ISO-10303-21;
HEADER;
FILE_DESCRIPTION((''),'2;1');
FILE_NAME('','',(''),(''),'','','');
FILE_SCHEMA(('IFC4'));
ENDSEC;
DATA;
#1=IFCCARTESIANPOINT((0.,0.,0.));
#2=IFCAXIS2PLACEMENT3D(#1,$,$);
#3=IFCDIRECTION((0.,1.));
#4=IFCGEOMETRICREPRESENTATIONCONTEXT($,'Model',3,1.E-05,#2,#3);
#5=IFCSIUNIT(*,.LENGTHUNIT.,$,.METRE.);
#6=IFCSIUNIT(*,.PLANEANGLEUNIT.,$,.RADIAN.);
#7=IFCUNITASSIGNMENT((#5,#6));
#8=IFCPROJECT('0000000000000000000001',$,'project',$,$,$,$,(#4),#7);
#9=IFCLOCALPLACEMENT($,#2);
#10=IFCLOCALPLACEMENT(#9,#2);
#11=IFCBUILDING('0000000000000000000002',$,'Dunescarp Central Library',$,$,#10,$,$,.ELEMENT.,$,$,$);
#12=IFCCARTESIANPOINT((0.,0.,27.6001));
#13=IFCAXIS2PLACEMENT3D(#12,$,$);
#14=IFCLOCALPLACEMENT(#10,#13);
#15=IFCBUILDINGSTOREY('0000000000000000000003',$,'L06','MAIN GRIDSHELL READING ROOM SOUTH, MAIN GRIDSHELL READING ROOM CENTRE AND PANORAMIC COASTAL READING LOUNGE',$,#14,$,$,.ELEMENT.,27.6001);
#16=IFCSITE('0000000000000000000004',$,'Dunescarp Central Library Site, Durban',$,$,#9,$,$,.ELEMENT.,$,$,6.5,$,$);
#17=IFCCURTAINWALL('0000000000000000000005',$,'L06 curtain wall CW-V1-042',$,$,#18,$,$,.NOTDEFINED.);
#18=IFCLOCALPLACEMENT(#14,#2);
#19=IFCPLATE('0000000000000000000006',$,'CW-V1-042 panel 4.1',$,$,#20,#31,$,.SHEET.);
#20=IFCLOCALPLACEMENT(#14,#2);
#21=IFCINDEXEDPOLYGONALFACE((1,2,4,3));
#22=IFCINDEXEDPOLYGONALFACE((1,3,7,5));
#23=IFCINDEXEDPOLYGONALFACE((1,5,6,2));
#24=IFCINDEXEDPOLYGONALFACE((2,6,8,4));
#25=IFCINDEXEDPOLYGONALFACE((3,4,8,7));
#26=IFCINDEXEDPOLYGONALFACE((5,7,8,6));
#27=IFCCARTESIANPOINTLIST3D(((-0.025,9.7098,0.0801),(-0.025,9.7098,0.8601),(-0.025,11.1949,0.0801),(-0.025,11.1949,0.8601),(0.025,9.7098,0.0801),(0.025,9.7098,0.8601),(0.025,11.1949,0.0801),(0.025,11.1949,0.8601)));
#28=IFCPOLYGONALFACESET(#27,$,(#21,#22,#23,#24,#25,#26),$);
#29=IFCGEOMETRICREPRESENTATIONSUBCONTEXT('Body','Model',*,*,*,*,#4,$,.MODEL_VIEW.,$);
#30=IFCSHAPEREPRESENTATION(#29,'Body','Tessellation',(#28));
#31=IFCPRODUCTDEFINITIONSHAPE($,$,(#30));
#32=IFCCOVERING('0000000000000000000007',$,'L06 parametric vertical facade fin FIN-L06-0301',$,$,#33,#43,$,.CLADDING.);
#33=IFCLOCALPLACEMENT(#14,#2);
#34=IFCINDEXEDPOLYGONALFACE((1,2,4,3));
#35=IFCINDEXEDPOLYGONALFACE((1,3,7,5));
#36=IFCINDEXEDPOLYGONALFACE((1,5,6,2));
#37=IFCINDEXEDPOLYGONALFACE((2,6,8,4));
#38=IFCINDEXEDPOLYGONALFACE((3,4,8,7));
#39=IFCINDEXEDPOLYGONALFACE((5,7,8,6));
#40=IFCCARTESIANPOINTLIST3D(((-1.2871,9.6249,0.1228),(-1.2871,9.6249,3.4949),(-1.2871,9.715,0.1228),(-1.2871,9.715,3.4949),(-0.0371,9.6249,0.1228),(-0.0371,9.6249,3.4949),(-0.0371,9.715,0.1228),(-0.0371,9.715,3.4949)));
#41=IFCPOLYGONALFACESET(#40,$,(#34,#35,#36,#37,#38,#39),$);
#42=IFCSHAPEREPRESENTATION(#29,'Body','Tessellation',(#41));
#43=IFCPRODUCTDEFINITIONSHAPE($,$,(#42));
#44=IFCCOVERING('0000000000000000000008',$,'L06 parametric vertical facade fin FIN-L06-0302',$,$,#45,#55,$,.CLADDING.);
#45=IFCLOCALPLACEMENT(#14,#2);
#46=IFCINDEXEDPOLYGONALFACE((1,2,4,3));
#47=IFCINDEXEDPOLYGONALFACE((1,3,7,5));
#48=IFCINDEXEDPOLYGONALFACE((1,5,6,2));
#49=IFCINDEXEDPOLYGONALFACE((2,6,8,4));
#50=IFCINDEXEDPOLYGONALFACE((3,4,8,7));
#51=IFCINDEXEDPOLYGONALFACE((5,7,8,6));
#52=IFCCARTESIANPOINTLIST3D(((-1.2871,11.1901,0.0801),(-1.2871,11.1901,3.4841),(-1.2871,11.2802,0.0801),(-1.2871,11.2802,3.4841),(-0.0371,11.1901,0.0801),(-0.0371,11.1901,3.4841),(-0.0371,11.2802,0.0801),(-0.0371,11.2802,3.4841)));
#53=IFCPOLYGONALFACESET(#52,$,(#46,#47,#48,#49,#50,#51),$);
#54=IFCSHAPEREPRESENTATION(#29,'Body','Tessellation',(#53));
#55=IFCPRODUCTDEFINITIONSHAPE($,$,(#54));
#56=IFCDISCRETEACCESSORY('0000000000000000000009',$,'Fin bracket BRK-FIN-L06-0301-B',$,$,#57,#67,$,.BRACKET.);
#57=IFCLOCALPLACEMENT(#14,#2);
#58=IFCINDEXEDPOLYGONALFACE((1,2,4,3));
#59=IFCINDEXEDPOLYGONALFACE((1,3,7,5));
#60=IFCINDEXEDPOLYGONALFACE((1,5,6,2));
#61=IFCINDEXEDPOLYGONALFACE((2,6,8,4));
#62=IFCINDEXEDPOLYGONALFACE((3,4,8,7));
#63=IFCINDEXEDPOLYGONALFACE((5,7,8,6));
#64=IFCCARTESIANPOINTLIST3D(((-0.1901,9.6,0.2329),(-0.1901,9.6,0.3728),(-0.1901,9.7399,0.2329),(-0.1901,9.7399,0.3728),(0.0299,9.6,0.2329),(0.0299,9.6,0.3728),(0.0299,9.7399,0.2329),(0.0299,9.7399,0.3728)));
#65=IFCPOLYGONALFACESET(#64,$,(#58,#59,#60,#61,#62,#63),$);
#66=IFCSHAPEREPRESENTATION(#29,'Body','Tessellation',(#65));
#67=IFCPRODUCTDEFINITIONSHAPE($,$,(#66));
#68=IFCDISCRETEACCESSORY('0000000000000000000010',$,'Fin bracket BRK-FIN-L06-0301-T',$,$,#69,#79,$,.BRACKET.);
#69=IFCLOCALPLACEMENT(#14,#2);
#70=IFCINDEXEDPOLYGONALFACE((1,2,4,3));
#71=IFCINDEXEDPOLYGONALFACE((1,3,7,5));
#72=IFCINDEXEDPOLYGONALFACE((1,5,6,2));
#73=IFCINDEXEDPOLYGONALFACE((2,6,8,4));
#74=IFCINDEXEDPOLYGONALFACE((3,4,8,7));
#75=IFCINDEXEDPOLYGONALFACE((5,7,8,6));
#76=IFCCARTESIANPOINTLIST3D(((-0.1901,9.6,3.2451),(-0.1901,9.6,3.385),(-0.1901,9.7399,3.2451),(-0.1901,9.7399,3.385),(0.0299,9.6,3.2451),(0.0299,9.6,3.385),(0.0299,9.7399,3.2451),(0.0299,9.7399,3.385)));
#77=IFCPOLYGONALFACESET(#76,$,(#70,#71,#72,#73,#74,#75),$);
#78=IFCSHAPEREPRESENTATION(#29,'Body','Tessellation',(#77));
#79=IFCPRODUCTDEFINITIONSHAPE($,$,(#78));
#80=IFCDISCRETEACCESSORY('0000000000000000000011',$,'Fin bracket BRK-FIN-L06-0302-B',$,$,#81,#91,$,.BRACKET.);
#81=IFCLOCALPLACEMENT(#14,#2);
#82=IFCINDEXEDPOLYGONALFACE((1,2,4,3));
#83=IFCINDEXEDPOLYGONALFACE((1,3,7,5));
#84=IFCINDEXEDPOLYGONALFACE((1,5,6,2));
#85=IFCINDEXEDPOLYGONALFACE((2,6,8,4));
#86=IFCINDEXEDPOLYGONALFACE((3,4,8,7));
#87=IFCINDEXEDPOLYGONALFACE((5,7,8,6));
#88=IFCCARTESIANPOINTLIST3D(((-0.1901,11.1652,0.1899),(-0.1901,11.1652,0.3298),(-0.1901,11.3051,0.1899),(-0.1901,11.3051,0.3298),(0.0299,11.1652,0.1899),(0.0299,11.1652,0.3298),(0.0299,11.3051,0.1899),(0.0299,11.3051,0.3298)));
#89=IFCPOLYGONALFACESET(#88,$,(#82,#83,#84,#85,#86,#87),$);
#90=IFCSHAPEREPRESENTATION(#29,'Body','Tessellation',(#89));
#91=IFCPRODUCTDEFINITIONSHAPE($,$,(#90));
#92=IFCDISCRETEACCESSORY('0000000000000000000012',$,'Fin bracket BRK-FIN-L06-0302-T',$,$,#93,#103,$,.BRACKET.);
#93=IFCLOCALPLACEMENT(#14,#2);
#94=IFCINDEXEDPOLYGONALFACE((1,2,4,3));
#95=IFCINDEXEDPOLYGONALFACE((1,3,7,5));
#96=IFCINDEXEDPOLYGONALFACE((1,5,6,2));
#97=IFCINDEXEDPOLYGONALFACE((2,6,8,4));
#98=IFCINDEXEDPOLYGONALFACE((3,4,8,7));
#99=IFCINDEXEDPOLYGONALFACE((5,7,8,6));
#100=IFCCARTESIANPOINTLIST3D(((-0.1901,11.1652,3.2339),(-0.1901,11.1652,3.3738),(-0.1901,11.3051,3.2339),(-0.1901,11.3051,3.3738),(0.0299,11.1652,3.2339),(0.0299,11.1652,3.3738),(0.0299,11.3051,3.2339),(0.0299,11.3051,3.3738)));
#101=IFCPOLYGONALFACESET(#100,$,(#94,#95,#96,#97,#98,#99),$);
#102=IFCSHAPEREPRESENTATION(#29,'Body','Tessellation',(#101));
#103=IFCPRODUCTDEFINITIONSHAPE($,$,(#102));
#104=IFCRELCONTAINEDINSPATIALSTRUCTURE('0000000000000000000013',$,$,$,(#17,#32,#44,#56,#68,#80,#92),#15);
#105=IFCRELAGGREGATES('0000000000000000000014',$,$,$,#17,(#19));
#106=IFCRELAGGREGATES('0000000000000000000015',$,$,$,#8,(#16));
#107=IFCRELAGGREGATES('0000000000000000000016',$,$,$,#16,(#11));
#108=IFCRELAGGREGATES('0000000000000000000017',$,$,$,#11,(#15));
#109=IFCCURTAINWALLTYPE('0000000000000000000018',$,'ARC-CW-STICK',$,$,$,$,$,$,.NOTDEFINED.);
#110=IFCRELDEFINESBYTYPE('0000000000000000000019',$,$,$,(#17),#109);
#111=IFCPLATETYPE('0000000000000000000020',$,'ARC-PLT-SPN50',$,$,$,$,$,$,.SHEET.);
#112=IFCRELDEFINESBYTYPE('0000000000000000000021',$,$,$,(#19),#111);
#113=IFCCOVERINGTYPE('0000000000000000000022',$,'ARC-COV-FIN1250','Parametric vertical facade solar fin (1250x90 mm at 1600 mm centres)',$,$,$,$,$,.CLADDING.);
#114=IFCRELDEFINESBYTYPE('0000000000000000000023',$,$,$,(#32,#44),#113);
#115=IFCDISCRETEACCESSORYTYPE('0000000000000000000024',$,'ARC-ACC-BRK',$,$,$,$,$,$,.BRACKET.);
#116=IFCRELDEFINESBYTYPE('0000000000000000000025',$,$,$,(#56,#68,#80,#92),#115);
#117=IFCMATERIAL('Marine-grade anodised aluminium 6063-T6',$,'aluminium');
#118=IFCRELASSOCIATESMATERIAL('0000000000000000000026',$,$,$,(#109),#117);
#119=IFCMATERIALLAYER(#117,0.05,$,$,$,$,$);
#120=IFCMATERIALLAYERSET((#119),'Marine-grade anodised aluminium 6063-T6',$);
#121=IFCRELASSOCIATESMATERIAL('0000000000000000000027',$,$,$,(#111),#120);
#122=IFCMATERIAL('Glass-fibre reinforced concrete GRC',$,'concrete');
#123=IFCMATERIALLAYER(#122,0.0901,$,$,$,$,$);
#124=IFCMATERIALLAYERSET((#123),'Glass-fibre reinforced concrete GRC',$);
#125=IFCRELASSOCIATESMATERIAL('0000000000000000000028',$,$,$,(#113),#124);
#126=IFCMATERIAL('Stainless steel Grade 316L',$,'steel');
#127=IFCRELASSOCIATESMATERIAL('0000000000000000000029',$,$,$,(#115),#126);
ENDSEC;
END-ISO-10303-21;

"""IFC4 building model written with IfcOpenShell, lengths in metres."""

from ifc_helpers import new_model, si_unit, direction, frame, origin, origin_2d, place, context, subcontext, project, spatial, rectangle, extrude, material, layer, layer_set, type_object, element, aggregate, save


model = new_model("IFC4")

# Units and contexts
model_context = context("Model", 3, precision=1e-05, world=origin(), true_north=direction((0.0, 1.0)))
body_context = subcontext(model_context, "Body", "Model", "MODEL_VIEW")
ifc_project = project(units=[si_unit("LENGTHUNIT", "METRE"), si_unit("PLANEANGLEUNIT", "RADIAN")], contexts=[model_context])

# Site, building, storey
site_placement = place(None, origin())
site = spatial("IfcSite", under=ifc_project, at=site_placement, Name="Dunescarp Central Library Site, Durban", CompositionType="ELEMENT", RefElevation=6.5)
building_placement = place(site_placement, origin())
building = spatial("IfcBuilding", under=site, at=building_placement, Name="Dunescarp Central Library", CompositionType="ELEMENT")
storey_placement = place(building_placement, frame((0.0, 0.0, 27.6001)))
storey = spatial("IfcBuildingStorey", under=building, at=storey_placement, Name="L06", Description="MAIN GRIDSHELL READING ROOM SOUTH, MAIN GRIDSHELL READING ROOM CENTRE AND PANORAMIC COASTAL READING LOUNGE", CompositionType="ELEMENT", Elevation=27.6001)

# Curtain wall, plate
ifc_material_1 = material(Name="Marine-grade anodised aluminium 6063-T6", Category="aluminium")
curtain_wall_type = type_object("IfcCurtainWallType", Name="ARC-CW-STICK", PredefinedType="NOTDEFINED", material=ifc_material_1)
curtain_wall_placement = place(storey_placement, origin())
curtain_wall = element("IfcCurtainWall", 1, at=curtain_wall_placement, inside=storey, type_object=curtain_wall_type, Name="L06 curtain wall CW-V1-042", PredefinedType="NOTDEFINED")
ifc_layer_1 = layer(ifc_material_1, 0.05)
ifc_layer_set_1 = layer_set([ifc_layer_1], Name="Marine-grade anodised aluminium 6063-T6")
plate_type_1 = type_object("IfcPlateType", Name="ARC-PLT-SPN50", PredefinedType="SHEET", material=ifc_layer_set_1)
plate_1_placement = place(storey_placement, frame((0.0, 10.4524, 0.0801), z_axis=(0.0, 0.0, 1.0), x_axis=(0.0, 1.0, 0.0)))
plate_1 = element("IfcPlate", 2, at=plate_1_placement, type_object=plate_type_1, Name="CW-V1-042 panel 4.1", PredefinedType="SHEET", context=body_context, shape_type="SweptSolid", body=[
    extrude(rectangle(XDim=1.4851, YDim=0.05, at=origin_2d()), origin(), (0.0, 0.0, 1.0), 0.78),
])
aggregate(curtain_wall, [plate_1])

# Coverings
ifc_material_2 = material(Name="Glass-fibre reinforced concrete GRC", Category="concrete")
ifc_layer_2 = layer(ifc_material_2, 0.0901)
ifc_layer_set_2 = layer_set([ifc_layer_2], Name="Glass-fibre reinforced concrete GRC")
covering_type = type_object("IfcCoveringType", Name="ARC-COV-FIN1250", Description="Parametric vertical facade solar fin (1250x90 mm at 1600 mm centres)", PredefinedType="CLADDING", material=ifc_layer_set_2)
covering_1_placement = place(storey_placement, frame((-0.6621, 9.6699, 0.1228), z_axis=(0.0, 0.0, 1.0), x_axis=(-1.0, 0.0, 0.0)))
element("IfcCovering", 3, at=covering_1_placement, inside=storey, type_object=covering_type, Name="L06 parametric vertical facade fin FIN-L06-0301", PredefinedType="CLADDING", context=body_context, shape_type="SweptSolid", body=[
    extrude(rectangle(XDim=1.25, YDim=0.0901, at=origin_2d()), origin(), (0.0, 0.0, 1.0), 3.3721),
])
covering_2_placement = place(storey_placement, frame((-0.6621, 11.2351, 0.0801), z_axis=(0.0, 0.0, 1.0), x_axis=(-1.0, 0.0, 0.0)))
element("IfcCovering", 4, at=covering_2_placement, inside=storey, type_object=covering_type, Name="L06 parametric vertical facade fin FIN-L06-0302", PredefinedType="CLADDING", context=body_context, shape_type="SweptSolid", body=[
    extrude(rectangle(XDim=1.25, YDim=0.0901, at=origin_2d()), origin(), (0.0, 0.0, 1.0), 3.4041),
])

# Discrete accessories
ifc_material_3 = material(Name="Stainless steel Grade 316L", Category="steel")
discrete_accessory_type = type_object("IfcDiscreteAccessoryType", Name="ARC-ACC-BRK", PredefinedType="BRACKET", material=ifc_material_3)
for number, where, z_axis, x_axis, name in (
    (5, (-0.0801, 9.6699, 0.2329), (0.0, 0.0, 1.0), (-1.0, 0.0, 0.0), "Fin bracket BRK-FIN-L06-0301-B"),
    (6, (-0.0801, 9.6699, 3.2451), (0.0, 0.0, 1.0), (-1.0, 0.0, 0.0), "Fin bracket BRK-FIN-L06-0301-T"),
    (7, (-0.0801, 11.2351, 0.1899), (0.0, 0.0, 1.0), (-1.0, 0.0, 0.0), "Fin bracket BRK-FIN-L06-0302-B"),
    (8, (-0.0801, 11.2351, 3.2339), (0.0, 0.0, 1.0), (-1.0, 0.0, 0.0), "Fin bracket BRK-FIN-L06-0302-T"),
):
    element("IfcDiscreteAccessory", number, at=place(storey_placement, frame(where, z_axis=z_axis, x_axis=x_axis)), inside=storey, type_object=discrete_accessory_type, Name=name, PredefinedType="BRACKET", context=body_context, shape_type="SweptSolid", body=[
        extrude(rectangle(XDim=0.22, YDim=0.1399, at=origin_2d()), origin(), (0.0, 0.0, 1.0), 0.1399),
    ])

save(model, "model.ifc")
